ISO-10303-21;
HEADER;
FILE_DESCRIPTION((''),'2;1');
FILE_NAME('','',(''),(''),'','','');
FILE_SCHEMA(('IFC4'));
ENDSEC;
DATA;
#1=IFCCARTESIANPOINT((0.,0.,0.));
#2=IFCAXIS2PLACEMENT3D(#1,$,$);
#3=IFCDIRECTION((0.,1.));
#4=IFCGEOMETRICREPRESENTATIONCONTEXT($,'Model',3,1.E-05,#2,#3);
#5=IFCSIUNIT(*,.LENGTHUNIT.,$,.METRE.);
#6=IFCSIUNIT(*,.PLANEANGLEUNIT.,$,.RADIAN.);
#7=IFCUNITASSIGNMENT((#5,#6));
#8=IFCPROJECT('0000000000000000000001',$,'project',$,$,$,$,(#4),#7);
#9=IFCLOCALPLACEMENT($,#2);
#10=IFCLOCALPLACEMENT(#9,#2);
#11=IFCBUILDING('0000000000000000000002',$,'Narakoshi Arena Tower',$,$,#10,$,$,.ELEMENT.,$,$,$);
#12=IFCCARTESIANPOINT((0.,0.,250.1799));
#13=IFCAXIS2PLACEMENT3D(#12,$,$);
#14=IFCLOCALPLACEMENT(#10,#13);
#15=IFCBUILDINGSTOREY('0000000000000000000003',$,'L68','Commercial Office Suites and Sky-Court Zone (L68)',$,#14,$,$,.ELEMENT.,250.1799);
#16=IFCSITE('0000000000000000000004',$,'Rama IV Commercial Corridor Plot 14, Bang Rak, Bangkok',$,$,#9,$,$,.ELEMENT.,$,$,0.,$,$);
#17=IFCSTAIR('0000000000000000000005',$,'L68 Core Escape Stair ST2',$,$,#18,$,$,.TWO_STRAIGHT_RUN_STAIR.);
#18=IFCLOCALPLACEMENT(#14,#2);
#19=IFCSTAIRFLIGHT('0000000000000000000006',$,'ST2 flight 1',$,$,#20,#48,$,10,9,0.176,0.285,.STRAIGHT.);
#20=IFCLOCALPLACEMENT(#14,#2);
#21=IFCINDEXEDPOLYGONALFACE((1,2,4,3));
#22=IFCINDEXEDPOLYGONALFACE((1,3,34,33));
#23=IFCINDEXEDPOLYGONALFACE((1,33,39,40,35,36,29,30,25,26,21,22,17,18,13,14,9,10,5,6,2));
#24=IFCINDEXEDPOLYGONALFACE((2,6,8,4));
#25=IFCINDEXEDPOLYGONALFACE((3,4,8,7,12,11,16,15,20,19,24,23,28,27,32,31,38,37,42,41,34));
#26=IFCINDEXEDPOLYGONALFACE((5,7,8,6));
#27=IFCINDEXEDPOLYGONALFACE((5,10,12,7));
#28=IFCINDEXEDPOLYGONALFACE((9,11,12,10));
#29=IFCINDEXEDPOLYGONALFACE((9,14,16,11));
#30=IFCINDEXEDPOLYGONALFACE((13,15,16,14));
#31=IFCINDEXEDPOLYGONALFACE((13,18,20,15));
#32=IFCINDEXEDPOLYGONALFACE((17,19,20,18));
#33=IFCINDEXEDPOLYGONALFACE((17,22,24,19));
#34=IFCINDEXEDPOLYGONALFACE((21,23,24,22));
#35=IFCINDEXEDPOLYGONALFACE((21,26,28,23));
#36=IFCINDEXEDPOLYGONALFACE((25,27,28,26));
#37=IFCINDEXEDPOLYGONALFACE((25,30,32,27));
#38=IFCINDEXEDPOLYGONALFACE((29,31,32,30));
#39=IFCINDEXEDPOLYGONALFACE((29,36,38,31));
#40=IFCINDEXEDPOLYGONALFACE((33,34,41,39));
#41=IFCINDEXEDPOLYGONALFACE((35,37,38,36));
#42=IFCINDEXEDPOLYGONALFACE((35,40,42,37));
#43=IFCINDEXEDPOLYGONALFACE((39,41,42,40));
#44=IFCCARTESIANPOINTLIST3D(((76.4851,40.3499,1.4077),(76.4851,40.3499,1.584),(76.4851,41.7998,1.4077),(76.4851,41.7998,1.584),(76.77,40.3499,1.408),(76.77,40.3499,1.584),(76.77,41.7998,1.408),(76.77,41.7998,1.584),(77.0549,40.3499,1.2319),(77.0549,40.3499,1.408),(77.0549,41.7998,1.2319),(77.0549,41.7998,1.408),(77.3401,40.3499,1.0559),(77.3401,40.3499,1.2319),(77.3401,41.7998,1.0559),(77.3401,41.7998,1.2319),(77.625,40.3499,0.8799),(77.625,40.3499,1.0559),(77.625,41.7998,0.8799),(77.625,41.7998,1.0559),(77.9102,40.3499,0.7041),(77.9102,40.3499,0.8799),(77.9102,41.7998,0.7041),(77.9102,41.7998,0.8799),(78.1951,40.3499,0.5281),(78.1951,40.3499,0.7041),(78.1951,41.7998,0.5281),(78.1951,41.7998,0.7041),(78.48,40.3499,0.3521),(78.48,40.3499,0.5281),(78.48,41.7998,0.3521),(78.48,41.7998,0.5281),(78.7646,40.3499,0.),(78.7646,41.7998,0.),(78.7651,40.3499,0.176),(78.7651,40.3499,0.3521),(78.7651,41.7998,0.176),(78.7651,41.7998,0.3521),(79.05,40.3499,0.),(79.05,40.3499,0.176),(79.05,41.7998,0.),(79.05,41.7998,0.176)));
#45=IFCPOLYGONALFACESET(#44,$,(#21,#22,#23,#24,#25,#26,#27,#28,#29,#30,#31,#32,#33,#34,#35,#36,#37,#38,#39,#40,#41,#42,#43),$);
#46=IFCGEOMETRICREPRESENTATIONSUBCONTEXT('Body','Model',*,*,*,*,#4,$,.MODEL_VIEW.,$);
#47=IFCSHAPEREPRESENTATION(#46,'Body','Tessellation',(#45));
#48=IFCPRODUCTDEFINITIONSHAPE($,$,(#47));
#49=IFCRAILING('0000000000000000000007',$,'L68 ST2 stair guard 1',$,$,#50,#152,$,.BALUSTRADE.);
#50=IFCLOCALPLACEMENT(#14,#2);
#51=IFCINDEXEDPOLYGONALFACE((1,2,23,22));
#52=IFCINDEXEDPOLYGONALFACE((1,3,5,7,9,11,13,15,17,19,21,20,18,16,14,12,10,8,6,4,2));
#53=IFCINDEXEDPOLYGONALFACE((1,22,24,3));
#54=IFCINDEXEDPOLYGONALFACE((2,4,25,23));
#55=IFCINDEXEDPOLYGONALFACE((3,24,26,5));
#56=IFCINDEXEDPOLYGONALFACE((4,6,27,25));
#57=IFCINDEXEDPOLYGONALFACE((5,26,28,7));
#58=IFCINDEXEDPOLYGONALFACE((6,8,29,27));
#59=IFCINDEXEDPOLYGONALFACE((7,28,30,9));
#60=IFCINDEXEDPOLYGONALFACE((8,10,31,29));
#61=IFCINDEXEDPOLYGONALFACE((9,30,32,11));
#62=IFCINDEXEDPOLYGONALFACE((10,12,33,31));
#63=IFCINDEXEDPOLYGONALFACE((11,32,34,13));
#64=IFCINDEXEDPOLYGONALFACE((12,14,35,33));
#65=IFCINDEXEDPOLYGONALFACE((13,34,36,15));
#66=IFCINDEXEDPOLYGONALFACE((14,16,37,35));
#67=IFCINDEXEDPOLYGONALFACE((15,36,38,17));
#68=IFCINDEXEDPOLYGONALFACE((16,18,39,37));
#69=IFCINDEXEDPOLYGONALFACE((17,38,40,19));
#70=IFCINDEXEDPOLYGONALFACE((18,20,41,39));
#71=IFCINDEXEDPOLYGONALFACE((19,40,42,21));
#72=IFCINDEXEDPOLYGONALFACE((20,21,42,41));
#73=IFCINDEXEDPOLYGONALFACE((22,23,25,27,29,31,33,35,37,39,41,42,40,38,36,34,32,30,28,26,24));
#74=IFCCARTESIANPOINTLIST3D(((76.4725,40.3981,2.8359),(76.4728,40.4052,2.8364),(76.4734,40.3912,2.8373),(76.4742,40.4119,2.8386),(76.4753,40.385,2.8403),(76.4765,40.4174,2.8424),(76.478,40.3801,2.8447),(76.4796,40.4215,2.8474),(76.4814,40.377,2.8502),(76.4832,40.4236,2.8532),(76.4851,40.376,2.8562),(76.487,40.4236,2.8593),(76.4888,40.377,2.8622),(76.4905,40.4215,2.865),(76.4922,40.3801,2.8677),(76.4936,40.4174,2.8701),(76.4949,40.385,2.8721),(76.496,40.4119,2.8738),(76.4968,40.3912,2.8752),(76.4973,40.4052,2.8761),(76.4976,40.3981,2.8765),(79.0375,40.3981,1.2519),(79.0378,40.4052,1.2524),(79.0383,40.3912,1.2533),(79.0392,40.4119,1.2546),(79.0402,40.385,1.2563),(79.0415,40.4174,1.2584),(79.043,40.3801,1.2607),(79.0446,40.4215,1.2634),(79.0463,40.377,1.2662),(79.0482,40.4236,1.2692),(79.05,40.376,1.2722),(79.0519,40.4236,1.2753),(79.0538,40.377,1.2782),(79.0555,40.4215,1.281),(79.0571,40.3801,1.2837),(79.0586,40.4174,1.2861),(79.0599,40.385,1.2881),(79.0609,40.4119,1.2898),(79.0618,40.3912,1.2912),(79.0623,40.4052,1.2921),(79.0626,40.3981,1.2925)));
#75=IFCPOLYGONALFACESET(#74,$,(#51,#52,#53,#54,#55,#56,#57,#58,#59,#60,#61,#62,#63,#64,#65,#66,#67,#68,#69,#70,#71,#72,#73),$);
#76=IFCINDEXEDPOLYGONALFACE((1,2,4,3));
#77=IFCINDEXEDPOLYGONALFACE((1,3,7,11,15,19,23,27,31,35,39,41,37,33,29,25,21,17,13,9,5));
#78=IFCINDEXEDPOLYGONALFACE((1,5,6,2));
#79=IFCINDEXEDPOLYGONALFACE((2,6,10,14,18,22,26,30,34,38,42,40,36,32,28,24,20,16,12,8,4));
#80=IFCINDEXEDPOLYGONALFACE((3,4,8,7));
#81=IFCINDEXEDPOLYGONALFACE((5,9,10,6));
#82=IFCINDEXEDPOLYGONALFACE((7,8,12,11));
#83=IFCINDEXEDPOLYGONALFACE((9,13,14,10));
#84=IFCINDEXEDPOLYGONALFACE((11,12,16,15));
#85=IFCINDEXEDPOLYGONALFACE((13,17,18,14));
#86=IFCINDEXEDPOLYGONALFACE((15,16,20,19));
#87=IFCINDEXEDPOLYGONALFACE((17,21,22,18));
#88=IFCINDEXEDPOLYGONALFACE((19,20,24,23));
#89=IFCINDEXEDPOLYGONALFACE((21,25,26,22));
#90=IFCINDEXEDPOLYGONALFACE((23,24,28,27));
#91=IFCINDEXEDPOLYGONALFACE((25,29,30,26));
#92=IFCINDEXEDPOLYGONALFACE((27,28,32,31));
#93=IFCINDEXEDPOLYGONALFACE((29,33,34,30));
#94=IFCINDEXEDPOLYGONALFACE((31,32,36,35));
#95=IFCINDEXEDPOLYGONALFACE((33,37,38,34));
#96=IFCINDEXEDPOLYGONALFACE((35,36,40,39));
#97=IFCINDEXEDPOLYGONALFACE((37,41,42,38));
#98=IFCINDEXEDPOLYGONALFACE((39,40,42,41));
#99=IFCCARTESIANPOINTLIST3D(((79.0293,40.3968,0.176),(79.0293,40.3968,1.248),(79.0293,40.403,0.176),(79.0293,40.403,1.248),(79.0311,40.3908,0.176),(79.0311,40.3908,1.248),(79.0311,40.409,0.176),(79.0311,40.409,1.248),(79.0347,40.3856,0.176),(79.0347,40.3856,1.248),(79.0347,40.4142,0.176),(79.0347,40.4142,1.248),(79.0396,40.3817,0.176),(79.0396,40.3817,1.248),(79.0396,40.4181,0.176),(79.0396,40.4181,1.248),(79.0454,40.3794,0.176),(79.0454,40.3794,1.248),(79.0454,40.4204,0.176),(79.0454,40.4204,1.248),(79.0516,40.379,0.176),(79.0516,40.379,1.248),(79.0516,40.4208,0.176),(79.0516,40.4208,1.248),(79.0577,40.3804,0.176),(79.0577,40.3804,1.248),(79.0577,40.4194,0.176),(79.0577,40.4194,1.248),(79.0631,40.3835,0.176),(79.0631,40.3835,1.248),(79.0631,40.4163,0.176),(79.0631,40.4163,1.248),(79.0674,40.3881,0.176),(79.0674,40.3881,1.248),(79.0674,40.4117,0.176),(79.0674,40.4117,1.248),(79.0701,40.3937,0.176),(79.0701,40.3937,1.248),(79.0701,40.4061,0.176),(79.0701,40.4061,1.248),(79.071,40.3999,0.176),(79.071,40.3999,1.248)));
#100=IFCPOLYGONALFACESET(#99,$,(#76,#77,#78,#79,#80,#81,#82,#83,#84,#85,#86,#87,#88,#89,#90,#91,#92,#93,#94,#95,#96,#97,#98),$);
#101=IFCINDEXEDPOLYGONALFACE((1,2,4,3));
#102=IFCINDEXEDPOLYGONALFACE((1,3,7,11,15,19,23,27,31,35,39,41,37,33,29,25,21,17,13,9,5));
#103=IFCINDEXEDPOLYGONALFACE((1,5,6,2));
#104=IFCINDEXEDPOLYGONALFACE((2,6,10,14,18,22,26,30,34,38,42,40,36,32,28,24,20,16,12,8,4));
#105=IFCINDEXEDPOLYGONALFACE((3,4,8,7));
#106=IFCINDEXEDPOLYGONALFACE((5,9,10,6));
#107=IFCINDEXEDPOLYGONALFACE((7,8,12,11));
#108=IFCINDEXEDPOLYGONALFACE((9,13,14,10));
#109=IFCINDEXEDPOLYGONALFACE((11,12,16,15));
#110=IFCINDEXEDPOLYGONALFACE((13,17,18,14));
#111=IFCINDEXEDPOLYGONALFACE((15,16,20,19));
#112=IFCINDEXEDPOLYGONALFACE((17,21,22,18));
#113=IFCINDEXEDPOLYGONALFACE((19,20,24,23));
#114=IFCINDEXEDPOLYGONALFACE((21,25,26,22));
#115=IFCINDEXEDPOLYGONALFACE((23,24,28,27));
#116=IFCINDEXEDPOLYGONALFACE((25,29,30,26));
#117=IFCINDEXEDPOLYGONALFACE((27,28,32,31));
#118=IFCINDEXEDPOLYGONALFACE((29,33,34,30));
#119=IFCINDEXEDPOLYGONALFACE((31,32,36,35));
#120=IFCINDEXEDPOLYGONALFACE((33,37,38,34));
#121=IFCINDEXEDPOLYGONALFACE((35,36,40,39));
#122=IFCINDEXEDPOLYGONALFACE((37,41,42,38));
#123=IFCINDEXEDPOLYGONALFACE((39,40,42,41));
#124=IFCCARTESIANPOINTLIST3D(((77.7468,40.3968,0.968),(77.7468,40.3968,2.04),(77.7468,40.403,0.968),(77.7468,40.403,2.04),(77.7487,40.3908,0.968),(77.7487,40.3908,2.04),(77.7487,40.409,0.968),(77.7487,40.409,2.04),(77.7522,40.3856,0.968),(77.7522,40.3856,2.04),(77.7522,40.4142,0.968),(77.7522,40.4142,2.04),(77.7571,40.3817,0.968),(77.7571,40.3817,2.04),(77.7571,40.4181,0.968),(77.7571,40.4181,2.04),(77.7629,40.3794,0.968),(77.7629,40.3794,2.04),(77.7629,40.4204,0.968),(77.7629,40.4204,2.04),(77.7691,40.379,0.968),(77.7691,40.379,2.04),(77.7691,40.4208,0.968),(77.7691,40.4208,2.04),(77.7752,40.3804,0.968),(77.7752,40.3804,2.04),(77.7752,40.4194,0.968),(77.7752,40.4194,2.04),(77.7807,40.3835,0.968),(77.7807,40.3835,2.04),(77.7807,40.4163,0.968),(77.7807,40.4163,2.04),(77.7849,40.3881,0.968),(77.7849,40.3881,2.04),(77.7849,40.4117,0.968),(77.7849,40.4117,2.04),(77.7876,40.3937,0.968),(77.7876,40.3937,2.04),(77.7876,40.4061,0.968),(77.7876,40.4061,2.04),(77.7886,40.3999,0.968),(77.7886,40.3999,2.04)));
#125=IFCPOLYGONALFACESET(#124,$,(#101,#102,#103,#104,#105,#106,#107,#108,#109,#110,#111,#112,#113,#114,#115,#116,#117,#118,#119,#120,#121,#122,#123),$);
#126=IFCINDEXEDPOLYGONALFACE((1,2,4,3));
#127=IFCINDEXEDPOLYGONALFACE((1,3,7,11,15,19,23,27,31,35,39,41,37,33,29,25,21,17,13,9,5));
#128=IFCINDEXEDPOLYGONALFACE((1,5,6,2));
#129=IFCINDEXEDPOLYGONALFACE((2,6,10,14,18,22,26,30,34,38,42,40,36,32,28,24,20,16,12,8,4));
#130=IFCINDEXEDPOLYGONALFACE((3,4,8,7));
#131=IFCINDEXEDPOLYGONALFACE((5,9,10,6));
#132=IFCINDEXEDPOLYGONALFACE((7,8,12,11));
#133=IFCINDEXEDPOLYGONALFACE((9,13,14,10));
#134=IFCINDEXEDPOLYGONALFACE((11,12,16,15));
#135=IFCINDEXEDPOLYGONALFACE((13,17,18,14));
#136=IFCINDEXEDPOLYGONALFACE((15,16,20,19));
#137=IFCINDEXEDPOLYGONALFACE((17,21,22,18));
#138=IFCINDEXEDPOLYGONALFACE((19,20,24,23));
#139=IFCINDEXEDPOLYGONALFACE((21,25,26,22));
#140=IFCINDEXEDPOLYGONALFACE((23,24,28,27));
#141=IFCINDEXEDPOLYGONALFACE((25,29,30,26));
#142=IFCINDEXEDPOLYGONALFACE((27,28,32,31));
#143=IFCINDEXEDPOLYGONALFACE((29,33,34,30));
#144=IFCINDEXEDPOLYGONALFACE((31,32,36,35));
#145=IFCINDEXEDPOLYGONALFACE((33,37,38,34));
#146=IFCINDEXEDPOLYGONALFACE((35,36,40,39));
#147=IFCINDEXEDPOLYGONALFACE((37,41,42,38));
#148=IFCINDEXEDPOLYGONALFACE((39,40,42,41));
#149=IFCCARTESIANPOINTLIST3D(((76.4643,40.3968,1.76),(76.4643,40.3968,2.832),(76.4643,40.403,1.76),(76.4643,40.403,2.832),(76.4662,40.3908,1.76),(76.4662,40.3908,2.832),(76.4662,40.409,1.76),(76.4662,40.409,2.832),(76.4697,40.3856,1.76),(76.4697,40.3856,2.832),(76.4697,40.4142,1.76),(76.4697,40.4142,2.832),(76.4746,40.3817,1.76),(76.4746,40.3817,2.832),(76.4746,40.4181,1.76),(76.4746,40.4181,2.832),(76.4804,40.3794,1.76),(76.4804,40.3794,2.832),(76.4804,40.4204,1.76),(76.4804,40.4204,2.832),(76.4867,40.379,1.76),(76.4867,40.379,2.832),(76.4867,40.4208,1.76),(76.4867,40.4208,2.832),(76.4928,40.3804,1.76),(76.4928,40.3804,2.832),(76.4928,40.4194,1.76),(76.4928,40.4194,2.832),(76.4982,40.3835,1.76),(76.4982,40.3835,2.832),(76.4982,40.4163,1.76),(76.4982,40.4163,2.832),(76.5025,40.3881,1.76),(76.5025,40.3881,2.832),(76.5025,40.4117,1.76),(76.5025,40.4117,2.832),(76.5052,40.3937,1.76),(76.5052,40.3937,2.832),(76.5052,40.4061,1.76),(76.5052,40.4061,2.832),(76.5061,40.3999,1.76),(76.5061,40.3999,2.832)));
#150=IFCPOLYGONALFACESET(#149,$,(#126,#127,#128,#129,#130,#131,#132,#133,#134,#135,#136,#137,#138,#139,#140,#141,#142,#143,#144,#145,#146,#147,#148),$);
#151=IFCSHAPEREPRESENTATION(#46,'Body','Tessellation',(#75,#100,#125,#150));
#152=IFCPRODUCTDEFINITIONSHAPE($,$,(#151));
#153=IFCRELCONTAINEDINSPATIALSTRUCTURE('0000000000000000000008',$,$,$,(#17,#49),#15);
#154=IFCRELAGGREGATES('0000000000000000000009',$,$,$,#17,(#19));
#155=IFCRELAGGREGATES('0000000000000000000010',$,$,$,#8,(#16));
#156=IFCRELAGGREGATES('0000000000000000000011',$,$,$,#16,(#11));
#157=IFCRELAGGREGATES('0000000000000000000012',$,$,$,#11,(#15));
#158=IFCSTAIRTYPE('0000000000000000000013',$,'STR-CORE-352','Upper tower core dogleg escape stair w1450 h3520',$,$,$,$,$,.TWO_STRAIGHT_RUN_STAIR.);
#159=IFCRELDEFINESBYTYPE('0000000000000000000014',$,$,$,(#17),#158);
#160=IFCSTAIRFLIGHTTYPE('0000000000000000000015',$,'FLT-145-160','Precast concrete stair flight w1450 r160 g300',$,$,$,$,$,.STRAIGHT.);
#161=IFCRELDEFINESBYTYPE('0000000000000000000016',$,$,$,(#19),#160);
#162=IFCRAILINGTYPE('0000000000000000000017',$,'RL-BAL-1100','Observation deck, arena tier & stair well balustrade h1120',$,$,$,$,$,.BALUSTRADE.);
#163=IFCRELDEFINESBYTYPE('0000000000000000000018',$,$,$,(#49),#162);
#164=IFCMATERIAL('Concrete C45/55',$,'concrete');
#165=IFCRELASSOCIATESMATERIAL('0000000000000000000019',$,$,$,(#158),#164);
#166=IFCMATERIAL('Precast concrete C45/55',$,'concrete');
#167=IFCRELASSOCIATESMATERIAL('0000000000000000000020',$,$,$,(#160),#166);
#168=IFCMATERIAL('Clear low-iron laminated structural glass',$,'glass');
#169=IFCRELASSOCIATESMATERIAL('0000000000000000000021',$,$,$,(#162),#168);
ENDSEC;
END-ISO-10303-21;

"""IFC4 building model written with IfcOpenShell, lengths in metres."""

from ifc_helpers import new_model, si_unit, direction, frame, origin, origin_2d, place, context, subcontext, project, spatial, polyline, circle, outline, extrude, material, type_object, element, aggregate, save


model = new_model("IFC4")

# Units and contexts
model_context = context("Model", 3, precision=1e-05, world=origin(), true_north=direction((0.0, 1.0)))
body_context = subcontext(model_context, "Body", "Model", "MODEL_VIEW")
ifc_project = project(units=[si_unit("LENGTHUNIT", "METRE"), si_unit("PLANEANGLEUNIT", "RADIAN")], contexts=[model_context])

# Site, building, storey
site_placement = place(None, origin())
site = spatial("IfcSite", under=ifc_project, at=site_placement, Name="Rama IV Commercial Corridor Plot 14, Bang Rak, Bangkok", CompositionType="ELEMENT", RefElevation=0.0)
building_placement = place(site_placement, origin())
building = spatial("IfcBuilding", under=site, at=building_placement, Name="Narakoshi Arena Tower", CompositionType="ELEMENT")
storey_placement = place(building_placement, frame((0.0, 0.0, 250.1799)))
storey = spatial("IfcBuildingStorey", under=building, at=storey_placement, Name="L68", Description="Commercial Office Suites and Sky-Court Zone (L68)", CompositionType="ELEMENT", Elevation=250.1799)

# Stair, stair flight
ifc_material_1 = material(Name="Concrete C45/55", Category="concrete")
stair_type = type_object("IfcStairType", Name="STR-CORE-352", Description="Upper tower core dogleg escape stair w1450 h3520", PredefinedType="TWO_STRAIGHT_RUN_STAIR", material=ifc_material_1)
stair_placement = place(storey_placement, origin())
stair = element("IfcStair", 1, at=stair_placement, inside=storey, type_object=stair_type, Name="L68 Core Escape Stair ST2", PredefinedType="TWO_STRAIGHT_RUN_STAIR")
ifc_material_2 = material(Name="Precast concrete C45/55", Category="concrete")
stair_flight_type = type_object("IfcStairFlightType", Name="FLT-145-160", Description="Precast concrete stair flight w1450 r160 g300", PredefinedType="STRAIGHT", material=ifc_material_2)
stair_flight_placement = place(storey_placement, frame((79.05, 41.075, 0.0), z_axis=(0.0, 0.0, 1.0), x_axis=(-1.0, 0.0, 0.0)))
stair_flight = element("IfcStairFlight", 2, at=stair_flight_placement, type_object=stair_flight_type, Name="ST2 flight 1", NumberOfRisers=10, NumberOfTreads=9, PredefinedType="STRAIGHT", RiserHeight=0.176, TreadLength=0.285, context=body_context, shape_type="SweptSolid", body=[
    extrude(outline(polyline([(0.0, 0.0), (0.0, 0.176), (0.2849, 0.176), (0.2849, 0.3521), (0.5701, 0.3521), (0.5701, 0.5281), (0.855, 0.5281), (0.855, 0.7041), (1.1399, 0.7041), (1.1399, 0.8799), (1.425, 0.8799), (1.425, 1.0559), (1.71, 1.0559), (1.71, 1.2319), (1.9951, 1.2319), (1.9951, 1.408), (2.28, 1.408), (2.28, 1.584), (2.5649, 1.584), (2.5649, 1.76), (2.5649, 1.4077), (0.2854, 0.0), (0.0, 0.0)])), frame((0.0, 0.7251, 0.0), z_axis=(0.0, -1.0, 0.0), x_axis=(1.0, 0.0, 0.0)), (0.0, 0.0, 1.0), 1.45),
])
aggregate(stair, [stair_flight])

# Railing
ifc_material_3 = material(Name="Clear low-iron laminated structural glass", Category="glass")
railing_type_1 = type_object("IfcRailingType", Name="RL-BAL-1100", Description="Observation deck, arena tier & stair well balustrade h1120", PredefinedType="BALUSTRADE", material=ifc_material_3)
railing_1_placement = place(storey_placement, frame((79.05, 40.3999, 0.176)))
element("IfcRailing", 3, at=railing_1_placement, inside=storey, type_object=railing_type_1, Name="L68 ST2 stair guard 1", PredefinedType="BALUSTRADE", context=body_context, shape_type="SweptSolid", body=[
    extrude(circle(Radius=0.0239, at=origin_2d()), frame((0.0, 0.0, 1.0962), z_axis=(-0.850834, 0.0, 0.525434), x_axis=(0.0, -1.0, 0.0)), (0.0, 0.0, 1.0), 3.0146),
    extrude(circle(Radius=0.021, at=origin_2d()), origin(), (0.0, 0.0, 1.0), 1.072),
    extrude(circle(Radius=0.021, at=origin_2d()), frame((-1.2825, 0.0, 0.792)), (0.0, 0.0, 1.0), 1.072),
    extrude(circle(Radius=0.021, at=origin_2d()), frame((-2.5649, 0.0, 1.584)), (0.0, 0.0, 1.0), 1.072),
])

save(model, "model.ifc")
